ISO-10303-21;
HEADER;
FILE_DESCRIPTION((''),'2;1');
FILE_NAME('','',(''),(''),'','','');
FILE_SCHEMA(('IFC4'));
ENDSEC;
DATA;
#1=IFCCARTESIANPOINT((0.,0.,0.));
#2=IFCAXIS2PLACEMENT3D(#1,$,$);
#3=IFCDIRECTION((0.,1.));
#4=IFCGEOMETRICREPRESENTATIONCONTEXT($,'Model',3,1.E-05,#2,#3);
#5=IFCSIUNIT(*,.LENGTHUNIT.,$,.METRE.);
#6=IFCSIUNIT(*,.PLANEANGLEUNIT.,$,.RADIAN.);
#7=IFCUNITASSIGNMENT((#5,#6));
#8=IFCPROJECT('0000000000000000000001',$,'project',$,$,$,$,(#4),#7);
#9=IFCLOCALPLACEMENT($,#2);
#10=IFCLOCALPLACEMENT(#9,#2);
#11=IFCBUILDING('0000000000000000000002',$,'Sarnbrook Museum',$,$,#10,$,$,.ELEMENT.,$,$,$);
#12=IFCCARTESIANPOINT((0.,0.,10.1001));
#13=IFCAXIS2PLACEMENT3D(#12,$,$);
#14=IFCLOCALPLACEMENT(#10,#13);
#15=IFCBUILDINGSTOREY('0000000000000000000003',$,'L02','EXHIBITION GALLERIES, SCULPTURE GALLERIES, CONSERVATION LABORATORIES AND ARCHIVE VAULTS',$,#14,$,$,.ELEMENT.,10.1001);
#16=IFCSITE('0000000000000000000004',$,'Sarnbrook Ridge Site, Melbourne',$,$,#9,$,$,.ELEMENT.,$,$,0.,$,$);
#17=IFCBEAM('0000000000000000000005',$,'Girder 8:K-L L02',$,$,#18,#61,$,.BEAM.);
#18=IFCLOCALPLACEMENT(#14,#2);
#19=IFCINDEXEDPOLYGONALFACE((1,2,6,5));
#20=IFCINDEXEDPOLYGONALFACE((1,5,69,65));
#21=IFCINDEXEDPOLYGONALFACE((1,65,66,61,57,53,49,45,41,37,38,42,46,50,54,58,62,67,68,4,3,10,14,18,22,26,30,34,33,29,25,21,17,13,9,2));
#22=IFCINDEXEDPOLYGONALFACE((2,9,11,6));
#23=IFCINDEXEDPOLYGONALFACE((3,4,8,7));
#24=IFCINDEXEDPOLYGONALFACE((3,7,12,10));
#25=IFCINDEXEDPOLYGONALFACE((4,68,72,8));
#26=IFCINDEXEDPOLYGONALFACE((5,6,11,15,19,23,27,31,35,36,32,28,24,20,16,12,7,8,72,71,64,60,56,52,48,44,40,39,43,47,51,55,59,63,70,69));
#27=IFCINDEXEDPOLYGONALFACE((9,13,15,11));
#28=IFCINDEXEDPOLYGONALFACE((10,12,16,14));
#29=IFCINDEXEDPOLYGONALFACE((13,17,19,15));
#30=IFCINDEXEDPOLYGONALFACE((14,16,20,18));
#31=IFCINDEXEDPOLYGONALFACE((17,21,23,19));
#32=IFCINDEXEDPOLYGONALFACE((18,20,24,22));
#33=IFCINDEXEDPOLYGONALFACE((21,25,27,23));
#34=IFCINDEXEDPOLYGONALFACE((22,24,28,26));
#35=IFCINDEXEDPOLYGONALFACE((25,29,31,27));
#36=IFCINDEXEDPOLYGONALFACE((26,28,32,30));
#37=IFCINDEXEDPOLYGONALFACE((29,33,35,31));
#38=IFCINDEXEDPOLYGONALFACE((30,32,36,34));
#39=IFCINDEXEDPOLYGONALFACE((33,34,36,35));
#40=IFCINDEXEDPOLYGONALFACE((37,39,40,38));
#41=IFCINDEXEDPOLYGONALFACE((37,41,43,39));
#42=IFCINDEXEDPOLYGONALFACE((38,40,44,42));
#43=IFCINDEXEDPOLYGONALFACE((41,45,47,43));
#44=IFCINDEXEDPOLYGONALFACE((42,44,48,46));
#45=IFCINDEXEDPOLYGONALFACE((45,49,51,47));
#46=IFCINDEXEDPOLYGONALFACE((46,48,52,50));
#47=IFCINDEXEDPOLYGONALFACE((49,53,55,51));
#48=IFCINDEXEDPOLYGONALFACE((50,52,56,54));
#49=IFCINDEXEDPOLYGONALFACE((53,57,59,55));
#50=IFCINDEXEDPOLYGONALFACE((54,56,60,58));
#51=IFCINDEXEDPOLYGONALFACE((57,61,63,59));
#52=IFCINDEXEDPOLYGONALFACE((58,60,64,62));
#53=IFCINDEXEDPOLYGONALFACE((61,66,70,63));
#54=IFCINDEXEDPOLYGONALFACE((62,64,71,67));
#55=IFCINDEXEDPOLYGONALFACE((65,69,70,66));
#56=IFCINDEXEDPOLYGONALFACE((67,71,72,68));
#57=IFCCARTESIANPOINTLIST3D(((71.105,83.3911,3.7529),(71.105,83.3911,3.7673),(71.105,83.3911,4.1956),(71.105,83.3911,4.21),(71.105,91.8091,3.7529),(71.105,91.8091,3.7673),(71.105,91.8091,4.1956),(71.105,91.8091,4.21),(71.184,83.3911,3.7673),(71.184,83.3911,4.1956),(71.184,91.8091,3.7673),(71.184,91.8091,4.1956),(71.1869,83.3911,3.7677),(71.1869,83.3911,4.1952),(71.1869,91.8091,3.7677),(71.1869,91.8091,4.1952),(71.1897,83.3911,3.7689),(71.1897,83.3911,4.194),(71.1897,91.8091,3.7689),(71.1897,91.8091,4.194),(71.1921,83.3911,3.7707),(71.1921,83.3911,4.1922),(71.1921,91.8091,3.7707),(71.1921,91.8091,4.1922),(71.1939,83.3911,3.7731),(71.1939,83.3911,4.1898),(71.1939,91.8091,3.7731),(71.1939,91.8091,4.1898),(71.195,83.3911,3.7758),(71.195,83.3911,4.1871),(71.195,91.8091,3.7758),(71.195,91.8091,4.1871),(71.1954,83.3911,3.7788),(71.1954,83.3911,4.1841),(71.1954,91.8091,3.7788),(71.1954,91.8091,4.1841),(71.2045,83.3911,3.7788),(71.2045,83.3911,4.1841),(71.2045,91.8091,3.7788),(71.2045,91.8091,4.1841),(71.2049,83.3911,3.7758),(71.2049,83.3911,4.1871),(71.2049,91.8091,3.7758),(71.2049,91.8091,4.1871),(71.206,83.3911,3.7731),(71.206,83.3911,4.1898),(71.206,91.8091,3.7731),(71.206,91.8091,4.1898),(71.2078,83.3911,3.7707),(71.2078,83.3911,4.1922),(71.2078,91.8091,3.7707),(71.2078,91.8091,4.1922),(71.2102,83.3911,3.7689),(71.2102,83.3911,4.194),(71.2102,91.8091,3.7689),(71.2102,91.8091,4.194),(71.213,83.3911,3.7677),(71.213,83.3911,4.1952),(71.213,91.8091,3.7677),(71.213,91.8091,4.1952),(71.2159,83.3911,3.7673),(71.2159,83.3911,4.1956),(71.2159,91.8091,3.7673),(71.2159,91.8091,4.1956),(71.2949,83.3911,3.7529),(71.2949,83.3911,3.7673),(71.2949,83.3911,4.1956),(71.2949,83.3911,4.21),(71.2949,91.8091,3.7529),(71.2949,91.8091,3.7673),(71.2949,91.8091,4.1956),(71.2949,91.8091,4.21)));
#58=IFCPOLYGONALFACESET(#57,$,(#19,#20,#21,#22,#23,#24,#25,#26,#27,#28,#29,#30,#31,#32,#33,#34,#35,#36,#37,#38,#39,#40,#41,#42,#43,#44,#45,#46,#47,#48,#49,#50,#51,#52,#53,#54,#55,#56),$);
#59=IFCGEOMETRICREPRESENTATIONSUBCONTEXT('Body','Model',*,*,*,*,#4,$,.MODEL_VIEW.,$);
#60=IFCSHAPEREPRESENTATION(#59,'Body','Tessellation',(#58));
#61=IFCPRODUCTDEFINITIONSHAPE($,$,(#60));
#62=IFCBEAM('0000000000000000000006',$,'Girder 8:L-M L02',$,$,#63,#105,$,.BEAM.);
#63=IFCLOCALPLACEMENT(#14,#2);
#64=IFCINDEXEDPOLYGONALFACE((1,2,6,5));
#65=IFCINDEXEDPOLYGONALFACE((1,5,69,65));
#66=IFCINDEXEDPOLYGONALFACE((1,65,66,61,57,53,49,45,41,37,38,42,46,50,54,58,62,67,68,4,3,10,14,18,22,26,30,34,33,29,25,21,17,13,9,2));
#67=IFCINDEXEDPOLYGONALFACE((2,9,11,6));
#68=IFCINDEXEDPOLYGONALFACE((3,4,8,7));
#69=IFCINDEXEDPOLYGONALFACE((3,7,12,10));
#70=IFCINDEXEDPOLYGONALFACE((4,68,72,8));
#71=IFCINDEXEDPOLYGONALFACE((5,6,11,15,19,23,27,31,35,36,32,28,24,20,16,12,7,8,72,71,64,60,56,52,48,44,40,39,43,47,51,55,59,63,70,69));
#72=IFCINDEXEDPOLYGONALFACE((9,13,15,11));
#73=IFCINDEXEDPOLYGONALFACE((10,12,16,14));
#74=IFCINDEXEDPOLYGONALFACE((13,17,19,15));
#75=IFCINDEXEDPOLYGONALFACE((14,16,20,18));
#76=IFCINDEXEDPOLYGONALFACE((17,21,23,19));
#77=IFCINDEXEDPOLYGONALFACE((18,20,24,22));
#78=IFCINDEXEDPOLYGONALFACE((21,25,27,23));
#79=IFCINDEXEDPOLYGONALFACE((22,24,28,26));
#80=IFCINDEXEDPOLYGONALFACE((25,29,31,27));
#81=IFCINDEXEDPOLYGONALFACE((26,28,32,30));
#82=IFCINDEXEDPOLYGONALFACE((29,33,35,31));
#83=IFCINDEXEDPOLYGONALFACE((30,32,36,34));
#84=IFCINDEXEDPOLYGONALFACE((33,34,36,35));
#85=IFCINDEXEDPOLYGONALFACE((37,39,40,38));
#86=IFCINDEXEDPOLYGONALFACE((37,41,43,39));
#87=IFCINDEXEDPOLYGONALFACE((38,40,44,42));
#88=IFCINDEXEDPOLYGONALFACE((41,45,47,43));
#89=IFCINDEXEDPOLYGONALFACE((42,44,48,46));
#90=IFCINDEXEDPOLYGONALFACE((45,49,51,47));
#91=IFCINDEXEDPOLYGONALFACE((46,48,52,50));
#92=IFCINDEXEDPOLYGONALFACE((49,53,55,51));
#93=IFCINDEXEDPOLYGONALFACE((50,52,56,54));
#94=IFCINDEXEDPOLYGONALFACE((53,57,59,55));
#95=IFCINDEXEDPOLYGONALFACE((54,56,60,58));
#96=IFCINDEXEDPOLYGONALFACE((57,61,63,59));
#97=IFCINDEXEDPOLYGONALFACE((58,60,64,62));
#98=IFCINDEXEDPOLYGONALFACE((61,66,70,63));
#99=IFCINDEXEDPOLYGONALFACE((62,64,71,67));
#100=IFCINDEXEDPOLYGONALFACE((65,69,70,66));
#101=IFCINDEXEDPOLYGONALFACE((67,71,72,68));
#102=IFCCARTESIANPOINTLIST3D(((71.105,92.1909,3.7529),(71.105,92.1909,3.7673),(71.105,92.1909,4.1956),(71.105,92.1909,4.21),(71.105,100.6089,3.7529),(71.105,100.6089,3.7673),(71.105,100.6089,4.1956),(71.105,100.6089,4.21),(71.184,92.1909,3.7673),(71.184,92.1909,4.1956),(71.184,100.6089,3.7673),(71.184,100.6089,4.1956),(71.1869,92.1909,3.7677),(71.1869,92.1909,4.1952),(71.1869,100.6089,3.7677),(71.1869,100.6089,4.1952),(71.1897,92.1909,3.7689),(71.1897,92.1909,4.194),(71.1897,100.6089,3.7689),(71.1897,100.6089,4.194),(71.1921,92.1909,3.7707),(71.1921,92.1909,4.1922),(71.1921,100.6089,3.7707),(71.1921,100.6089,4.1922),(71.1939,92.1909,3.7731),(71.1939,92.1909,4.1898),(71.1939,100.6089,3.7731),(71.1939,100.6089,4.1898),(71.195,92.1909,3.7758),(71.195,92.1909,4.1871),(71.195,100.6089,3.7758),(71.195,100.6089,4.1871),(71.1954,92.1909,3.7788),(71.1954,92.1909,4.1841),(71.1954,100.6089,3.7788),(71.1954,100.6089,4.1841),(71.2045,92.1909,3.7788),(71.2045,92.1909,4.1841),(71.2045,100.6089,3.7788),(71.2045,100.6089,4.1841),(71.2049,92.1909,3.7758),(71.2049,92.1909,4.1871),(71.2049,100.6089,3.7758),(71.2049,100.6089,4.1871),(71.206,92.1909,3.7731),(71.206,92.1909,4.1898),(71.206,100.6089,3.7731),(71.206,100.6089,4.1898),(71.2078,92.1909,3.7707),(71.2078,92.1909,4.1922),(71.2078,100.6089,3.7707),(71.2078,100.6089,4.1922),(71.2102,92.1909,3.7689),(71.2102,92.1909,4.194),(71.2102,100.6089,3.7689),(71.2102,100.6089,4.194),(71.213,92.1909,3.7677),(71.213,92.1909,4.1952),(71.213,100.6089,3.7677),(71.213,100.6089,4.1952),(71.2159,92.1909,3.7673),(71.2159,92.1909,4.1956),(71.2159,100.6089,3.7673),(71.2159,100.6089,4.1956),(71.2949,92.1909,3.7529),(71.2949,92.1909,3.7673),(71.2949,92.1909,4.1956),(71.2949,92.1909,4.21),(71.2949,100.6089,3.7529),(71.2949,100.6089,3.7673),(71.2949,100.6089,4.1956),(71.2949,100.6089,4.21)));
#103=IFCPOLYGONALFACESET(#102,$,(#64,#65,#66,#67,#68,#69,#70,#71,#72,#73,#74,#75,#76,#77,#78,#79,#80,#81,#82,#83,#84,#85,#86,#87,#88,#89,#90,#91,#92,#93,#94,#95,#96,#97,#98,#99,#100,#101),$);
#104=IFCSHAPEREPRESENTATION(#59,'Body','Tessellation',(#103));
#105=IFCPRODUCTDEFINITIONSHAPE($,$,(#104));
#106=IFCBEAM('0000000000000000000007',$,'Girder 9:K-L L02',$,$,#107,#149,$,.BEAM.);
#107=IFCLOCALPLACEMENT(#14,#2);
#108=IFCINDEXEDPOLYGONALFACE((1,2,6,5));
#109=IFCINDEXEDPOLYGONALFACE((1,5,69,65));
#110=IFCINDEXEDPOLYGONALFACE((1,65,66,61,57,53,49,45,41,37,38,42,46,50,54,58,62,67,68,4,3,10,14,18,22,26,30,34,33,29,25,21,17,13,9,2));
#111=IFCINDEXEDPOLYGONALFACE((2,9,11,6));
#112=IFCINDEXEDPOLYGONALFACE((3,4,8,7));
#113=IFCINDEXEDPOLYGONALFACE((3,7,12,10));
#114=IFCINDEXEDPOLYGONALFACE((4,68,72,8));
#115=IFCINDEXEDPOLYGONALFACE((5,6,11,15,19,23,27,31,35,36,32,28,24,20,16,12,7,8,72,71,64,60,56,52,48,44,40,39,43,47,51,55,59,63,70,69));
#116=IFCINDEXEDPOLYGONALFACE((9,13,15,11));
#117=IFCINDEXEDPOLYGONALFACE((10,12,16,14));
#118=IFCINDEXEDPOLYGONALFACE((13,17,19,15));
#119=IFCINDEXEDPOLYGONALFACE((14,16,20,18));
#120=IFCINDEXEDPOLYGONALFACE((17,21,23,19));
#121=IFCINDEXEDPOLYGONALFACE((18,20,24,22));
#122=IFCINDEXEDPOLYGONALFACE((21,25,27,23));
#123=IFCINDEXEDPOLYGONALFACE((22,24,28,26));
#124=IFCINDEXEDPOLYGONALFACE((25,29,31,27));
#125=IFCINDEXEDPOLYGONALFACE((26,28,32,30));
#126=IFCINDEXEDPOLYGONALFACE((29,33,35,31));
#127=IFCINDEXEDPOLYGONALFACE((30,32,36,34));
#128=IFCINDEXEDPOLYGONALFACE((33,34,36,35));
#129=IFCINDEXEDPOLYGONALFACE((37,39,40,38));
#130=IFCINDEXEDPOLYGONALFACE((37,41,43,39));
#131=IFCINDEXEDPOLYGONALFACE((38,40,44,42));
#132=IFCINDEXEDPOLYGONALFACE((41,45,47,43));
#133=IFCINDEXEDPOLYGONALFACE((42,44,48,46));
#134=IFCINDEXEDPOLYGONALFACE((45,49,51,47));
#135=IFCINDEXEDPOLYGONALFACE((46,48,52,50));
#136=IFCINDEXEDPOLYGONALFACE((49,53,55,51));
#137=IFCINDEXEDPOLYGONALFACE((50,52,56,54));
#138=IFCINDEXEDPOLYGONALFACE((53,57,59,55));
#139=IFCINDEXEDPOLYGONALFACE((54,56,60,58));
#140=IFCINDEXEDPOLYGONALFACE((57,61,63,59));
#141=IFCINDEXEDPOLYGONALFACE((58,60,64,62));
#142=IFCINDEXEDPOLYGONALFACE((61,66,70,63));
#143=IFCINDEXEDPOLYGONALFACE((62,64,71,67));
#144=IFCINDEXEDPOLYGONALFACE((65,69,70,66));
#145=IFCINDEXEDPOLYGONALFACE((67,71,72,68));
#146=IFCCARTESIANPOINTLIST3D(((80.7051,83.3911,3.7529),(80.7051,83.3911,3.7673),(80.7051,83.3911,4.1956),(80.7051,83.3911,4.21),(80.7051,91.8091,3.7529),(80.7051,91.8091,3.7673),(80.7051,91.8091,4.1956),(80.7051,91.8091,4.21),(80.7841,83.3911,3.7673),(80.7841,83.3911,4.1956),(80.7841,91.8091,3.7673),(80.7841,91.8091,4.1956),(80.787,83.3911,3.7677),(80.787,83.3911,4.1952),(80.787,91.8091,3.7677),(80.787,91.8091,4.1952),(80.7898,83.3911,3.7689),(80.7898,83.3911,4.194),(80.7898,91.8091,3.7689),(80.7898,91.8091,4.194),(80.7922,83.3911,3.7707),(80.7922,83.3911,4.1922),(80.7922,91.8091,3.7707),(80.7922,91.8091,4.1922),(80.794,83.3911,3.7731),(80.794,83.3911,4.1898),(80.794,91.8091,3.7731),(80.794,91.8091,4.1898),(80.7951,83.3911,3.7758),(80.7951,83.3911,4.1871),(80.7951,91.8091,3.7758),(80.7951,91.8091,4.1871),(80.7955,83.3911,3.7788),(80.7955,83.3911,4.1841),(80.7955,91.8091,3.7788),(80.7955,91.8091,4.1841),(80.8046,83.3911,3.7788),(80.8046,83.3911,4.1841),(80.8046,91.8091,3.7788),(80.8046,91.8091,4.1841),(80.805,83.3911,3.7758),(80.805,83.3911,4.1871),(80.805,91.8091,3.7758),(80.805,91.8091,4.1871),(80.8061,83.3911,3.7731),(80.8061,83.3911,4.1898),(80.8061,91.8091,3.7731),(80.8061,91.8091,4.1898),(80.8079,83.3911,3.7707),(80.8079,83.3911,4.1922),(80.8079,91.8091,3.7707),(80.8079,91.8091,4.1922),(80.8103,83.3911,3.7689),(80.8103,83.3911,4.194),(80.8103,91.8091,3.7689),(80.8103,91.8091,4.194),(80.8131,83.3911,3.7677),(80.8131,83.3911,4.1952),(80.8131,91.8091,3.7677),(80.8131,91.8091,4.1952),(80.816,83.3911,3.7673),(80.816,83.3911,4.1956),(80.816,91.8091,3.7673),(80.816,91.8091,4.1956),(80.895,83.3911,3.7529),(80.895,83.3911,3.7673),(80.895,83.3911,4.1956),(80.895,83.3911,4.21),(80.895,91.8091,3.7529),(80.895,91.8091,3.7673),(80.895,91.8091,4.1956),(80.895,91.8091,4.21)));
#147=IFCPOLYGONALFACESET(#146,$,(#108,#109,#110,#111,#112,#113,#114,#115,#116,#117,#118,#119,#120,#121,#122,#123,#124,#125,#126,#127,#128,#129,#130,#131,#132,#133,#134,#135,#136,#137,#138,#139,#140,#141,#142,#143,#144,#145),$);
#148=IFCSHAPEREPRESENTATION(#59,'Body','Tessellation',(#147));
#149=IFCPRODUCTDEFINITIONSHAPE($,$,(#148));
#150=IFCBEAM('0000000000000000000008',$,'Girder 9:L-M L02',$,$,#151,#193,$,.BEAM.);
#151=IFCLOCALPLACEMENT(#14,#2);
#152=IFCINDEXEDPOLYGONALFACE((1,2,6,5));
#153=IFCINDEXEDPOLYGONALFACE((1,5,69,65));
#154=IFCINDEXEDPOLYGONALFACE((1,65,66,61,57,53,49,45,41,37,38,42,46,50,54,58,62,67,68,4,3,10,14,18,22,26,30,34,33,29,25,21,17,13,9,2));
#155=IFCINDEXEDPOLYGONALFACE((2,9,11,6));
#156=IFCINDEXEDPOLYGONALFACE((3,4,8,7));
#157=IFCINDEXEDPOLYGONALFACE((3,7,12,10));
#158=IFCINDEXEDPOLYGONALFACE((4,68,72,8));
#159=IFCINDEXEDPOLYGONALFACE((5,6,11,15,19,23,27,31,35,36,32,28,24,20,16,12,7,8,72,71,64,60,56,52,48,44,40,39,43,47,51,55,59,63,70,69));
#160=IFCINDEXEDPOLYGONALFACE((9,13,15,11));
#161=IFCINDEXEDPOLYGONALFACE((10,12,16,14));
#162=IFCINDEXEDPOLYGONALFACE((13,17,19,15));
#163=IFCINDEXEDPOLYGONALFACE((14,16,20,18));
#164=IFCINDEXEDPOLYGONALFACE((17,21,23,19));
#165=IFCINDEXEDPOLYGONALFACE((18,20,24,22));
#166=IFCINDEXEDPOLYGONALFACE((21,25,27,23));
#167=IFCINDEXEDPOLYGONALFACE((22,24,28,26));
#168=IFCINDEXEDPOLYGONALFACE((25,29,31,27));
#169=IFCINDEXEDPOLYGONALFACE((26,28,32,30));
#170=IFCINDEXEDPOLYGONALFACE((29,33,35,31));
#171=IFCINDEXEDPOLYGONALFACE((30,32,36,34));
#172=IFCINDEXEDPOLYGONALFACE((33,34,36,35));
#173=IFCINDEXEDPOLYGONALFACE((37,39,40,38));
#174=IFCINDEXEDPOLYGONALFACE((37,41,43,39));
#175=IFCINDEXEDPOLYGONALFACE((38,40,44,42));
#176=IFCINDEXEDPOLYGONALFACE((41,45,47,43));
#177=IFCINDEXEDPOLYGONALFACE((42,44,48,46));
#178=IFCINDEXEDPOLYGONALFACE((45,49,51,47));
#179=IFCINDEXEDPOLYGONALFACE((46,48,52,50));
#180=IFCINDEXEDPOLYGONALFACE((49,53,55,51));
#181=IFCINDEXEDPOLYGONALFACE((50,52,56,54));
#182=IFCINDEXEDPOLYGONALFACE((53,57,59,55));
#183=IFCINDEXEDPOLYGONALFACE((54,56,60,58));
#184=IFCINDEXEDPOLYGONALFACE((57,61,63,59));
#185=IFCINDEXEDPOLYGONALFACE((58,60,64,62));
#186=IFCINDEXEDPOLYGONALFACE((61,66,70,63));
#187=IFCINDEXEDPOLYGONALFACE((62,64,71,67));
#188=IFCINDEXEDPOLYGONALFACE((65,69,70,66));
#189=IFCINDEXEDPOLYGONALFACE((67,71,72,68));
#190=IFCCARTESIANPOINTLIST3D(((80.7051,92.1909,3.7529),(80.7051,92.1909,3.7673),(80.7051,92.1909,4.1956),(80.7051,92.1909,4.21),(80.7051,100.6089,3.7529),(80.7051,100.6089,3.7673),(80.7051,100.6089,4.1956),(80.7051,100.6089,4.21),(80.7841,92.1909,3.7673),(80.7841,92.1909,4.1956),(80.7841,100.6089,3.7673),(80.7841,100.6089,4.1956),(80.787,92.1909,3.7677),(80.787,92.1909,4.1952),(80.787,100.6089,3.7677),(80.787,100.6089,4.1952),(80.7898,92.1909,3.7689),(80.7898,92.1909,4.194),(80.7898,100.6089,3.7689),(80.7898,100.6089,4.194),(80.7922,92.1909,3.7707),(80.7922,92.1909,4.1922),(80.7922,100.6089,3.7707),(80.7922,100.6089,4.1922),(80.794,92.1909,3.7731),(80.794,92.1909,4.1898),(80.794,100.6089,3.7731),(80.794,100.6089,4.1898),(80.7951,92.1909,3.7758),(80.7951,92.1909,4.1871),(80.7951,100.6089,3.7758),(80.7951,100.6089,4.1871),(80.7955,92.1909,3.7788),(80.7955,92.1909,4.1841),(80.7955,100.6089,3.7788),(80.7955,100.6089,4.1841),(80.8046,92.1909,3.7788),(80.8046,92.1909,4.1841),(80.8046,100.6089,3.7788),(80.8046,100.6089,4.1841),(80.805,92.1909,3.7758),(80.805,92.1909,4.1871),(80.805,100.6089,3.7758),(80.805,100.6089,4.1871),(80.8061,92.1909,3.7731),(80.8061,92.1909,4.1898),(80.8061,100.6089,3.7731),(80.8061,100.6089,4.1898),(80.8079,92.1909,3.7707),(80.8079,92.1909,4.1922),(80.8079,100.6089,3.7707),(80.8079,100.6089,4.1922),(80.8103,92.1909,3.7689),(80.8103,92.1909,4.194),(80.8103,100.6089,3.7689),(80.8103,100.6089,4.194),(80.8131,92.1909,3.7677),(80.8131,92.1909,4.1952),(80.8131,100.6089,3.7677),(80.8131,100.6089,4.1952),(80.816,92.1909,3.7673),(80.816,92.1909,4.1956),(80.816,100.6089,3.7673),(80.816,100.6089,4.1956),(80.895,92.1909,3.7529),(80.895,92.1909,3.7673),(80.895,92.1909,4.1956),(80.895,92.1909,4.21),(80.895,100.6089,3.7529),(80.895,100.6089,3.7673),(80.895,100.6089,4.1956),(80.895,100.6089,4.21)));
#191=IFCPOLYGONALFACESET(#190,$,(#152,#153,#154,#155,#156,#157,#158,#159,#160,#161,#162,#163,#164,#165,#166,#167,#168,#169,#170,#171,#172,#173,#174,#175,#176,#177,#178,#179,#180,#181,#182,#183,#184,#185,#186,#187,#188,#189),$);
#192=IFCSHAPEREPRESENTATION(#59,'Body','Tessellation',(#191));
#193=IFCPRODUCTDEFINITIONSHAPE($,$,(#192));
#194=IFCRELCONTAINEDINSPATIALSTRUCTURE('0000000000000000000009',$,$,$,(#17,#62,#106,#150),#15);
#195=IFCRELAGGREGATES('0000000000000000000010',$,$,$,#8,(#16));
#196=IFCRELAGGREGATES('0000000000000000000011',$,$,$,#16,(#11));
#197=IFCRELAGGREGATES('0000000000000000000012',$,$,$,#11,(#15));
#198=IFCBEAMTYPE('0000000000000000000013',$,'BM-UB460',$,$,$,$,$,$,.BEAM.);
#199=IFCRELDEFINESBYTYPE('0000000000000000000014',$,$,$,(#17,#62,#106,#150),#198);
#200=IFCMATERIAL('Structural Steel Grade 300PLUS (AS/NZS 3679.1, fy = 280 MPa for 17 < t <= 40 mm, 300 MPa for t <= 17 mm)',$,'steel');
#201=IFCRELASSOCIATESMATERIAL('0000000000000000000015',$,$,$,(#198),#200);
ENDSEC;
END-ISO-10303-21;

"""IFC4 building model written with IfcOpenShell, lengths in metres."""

from ifc_helpers import new_model, si_unit, direction, frame, origin, origin_2d, place, context, subcontext, project, spatial, i_section, extrude, material, material_profile, profile_set, type_object, element, save


model = new_model("IFC4")

# Units and contexts
model_context = context("Model", 3, precision=1e-05, world=origin(), true_north=direction((0.0, 1.0)))
body_context = subcontext(model_context, "Body", "Model", "MODEL_VIEW")
ifc_project = project(units=[si_unit("LENGTHUNIT", "METRE"), si_unit("PLANEANGLEUNIT", "RADIAN")], contexts=[model_context])

# Site, building, storey
site_placement = place(None, origin())
site = spatial("IfcSite", under=ifc_project, at=site_placement, Name="Sarnbrook Ridge Site, Melbourne", CompositionType="ELEMENT", RefElevation=0.0)
building_placement = place(site_placement, origin())
building = spatial("IfcBuilding", under=site, at=building_placement, Name="Sarnbrook Museum", CompositionType="ELEMENT")
storey_placement = place(building_placement, frame((0.0, 0.0, 10.1001)))
storey = spatial("IfcBuildingStorey", under=building, at=storey_placement, Name="L02", Description="EXHIBITION GALLERIES, SCULPTURE GALLERIES, CONSERVATION LABORATORIES AND ARCHIVE VAULTS", CompositionType="ELEMENT", Elevation=10.1001)

# Beams
ifc_material_1 = material(Name="Structural Steel Grade 300PLUS (AS/NZS 3679.1, fy = 280 MPa for 17 < t <= 40 mm, 300 MPa for t <= 17 mm)", Category="steel")
ifc_material_profile_1 = material_profile(ifc_material_1, i_section(OverallWidth=0.1899, OverallDepth=0.457, WebThickness=0.009, FlangeThickness=0.0144, FilletRadius=0.0115, at=origin_2d()), Name="460UB74.6")
ifc_profile_set_1 = profile_set([ifc_material_profile_1], Name="Structural Steel Grade 300PLUS (AS/NZS 3679.1, fy = 280 MPa for 17 < t <= 40 mm, 300 MPa for t <= 17 mm)")
beam_type_1 = type_object("IfcBeamType", Name="BM-UB460", PredefinedType="BEAM", material=ifc_profile_set_1)
for number, where, z_axis, x_axis, name in (
    (1, (71.2, 83.3911, 3.9814), (0.0, 1.0, 0.0), (-1.0, 0.0, 0.0), "Girder 8:K-L L02"),
    (2, (71.2, 92.1909, 3.9814), (0.0, 1.0, 0.0), (-1.0, 0.0, 0.0), "Girder 8:L-M L02"),
    (3, (80.8, 83.3911, 3.9814), (0.0, 1.0, 0.0), (-1.0, 0.0, 0.0), "Girder 9:K-L L02"),
    (4, (80.8, 92.1909, 3.9814), (0.0, 1.0, 0.0), (-1.0, 0.0, 0.0), "Girder 9:L-M L02"),
):
    element("IfcBeam", number, at=place(storey_placement, frame(where, z_axis=z_axis, x_axis=x_axis)), inside=storey, type_object=beam_type_1, Name=name, PredefinedType="BEAM", context=body_context, shape_type="SweptSolid", body=[
        extrude(i_section(OverallWidth=0.1899, OverallDepth=0.457, WebThickness=0.009, FlangeThickness=0.0144, FilletRadius=0.0115, at=origin_2d()), origin(), (0.0, 0.0, 1.0), 8.418),
    ])

save(model, "model.ifc")
